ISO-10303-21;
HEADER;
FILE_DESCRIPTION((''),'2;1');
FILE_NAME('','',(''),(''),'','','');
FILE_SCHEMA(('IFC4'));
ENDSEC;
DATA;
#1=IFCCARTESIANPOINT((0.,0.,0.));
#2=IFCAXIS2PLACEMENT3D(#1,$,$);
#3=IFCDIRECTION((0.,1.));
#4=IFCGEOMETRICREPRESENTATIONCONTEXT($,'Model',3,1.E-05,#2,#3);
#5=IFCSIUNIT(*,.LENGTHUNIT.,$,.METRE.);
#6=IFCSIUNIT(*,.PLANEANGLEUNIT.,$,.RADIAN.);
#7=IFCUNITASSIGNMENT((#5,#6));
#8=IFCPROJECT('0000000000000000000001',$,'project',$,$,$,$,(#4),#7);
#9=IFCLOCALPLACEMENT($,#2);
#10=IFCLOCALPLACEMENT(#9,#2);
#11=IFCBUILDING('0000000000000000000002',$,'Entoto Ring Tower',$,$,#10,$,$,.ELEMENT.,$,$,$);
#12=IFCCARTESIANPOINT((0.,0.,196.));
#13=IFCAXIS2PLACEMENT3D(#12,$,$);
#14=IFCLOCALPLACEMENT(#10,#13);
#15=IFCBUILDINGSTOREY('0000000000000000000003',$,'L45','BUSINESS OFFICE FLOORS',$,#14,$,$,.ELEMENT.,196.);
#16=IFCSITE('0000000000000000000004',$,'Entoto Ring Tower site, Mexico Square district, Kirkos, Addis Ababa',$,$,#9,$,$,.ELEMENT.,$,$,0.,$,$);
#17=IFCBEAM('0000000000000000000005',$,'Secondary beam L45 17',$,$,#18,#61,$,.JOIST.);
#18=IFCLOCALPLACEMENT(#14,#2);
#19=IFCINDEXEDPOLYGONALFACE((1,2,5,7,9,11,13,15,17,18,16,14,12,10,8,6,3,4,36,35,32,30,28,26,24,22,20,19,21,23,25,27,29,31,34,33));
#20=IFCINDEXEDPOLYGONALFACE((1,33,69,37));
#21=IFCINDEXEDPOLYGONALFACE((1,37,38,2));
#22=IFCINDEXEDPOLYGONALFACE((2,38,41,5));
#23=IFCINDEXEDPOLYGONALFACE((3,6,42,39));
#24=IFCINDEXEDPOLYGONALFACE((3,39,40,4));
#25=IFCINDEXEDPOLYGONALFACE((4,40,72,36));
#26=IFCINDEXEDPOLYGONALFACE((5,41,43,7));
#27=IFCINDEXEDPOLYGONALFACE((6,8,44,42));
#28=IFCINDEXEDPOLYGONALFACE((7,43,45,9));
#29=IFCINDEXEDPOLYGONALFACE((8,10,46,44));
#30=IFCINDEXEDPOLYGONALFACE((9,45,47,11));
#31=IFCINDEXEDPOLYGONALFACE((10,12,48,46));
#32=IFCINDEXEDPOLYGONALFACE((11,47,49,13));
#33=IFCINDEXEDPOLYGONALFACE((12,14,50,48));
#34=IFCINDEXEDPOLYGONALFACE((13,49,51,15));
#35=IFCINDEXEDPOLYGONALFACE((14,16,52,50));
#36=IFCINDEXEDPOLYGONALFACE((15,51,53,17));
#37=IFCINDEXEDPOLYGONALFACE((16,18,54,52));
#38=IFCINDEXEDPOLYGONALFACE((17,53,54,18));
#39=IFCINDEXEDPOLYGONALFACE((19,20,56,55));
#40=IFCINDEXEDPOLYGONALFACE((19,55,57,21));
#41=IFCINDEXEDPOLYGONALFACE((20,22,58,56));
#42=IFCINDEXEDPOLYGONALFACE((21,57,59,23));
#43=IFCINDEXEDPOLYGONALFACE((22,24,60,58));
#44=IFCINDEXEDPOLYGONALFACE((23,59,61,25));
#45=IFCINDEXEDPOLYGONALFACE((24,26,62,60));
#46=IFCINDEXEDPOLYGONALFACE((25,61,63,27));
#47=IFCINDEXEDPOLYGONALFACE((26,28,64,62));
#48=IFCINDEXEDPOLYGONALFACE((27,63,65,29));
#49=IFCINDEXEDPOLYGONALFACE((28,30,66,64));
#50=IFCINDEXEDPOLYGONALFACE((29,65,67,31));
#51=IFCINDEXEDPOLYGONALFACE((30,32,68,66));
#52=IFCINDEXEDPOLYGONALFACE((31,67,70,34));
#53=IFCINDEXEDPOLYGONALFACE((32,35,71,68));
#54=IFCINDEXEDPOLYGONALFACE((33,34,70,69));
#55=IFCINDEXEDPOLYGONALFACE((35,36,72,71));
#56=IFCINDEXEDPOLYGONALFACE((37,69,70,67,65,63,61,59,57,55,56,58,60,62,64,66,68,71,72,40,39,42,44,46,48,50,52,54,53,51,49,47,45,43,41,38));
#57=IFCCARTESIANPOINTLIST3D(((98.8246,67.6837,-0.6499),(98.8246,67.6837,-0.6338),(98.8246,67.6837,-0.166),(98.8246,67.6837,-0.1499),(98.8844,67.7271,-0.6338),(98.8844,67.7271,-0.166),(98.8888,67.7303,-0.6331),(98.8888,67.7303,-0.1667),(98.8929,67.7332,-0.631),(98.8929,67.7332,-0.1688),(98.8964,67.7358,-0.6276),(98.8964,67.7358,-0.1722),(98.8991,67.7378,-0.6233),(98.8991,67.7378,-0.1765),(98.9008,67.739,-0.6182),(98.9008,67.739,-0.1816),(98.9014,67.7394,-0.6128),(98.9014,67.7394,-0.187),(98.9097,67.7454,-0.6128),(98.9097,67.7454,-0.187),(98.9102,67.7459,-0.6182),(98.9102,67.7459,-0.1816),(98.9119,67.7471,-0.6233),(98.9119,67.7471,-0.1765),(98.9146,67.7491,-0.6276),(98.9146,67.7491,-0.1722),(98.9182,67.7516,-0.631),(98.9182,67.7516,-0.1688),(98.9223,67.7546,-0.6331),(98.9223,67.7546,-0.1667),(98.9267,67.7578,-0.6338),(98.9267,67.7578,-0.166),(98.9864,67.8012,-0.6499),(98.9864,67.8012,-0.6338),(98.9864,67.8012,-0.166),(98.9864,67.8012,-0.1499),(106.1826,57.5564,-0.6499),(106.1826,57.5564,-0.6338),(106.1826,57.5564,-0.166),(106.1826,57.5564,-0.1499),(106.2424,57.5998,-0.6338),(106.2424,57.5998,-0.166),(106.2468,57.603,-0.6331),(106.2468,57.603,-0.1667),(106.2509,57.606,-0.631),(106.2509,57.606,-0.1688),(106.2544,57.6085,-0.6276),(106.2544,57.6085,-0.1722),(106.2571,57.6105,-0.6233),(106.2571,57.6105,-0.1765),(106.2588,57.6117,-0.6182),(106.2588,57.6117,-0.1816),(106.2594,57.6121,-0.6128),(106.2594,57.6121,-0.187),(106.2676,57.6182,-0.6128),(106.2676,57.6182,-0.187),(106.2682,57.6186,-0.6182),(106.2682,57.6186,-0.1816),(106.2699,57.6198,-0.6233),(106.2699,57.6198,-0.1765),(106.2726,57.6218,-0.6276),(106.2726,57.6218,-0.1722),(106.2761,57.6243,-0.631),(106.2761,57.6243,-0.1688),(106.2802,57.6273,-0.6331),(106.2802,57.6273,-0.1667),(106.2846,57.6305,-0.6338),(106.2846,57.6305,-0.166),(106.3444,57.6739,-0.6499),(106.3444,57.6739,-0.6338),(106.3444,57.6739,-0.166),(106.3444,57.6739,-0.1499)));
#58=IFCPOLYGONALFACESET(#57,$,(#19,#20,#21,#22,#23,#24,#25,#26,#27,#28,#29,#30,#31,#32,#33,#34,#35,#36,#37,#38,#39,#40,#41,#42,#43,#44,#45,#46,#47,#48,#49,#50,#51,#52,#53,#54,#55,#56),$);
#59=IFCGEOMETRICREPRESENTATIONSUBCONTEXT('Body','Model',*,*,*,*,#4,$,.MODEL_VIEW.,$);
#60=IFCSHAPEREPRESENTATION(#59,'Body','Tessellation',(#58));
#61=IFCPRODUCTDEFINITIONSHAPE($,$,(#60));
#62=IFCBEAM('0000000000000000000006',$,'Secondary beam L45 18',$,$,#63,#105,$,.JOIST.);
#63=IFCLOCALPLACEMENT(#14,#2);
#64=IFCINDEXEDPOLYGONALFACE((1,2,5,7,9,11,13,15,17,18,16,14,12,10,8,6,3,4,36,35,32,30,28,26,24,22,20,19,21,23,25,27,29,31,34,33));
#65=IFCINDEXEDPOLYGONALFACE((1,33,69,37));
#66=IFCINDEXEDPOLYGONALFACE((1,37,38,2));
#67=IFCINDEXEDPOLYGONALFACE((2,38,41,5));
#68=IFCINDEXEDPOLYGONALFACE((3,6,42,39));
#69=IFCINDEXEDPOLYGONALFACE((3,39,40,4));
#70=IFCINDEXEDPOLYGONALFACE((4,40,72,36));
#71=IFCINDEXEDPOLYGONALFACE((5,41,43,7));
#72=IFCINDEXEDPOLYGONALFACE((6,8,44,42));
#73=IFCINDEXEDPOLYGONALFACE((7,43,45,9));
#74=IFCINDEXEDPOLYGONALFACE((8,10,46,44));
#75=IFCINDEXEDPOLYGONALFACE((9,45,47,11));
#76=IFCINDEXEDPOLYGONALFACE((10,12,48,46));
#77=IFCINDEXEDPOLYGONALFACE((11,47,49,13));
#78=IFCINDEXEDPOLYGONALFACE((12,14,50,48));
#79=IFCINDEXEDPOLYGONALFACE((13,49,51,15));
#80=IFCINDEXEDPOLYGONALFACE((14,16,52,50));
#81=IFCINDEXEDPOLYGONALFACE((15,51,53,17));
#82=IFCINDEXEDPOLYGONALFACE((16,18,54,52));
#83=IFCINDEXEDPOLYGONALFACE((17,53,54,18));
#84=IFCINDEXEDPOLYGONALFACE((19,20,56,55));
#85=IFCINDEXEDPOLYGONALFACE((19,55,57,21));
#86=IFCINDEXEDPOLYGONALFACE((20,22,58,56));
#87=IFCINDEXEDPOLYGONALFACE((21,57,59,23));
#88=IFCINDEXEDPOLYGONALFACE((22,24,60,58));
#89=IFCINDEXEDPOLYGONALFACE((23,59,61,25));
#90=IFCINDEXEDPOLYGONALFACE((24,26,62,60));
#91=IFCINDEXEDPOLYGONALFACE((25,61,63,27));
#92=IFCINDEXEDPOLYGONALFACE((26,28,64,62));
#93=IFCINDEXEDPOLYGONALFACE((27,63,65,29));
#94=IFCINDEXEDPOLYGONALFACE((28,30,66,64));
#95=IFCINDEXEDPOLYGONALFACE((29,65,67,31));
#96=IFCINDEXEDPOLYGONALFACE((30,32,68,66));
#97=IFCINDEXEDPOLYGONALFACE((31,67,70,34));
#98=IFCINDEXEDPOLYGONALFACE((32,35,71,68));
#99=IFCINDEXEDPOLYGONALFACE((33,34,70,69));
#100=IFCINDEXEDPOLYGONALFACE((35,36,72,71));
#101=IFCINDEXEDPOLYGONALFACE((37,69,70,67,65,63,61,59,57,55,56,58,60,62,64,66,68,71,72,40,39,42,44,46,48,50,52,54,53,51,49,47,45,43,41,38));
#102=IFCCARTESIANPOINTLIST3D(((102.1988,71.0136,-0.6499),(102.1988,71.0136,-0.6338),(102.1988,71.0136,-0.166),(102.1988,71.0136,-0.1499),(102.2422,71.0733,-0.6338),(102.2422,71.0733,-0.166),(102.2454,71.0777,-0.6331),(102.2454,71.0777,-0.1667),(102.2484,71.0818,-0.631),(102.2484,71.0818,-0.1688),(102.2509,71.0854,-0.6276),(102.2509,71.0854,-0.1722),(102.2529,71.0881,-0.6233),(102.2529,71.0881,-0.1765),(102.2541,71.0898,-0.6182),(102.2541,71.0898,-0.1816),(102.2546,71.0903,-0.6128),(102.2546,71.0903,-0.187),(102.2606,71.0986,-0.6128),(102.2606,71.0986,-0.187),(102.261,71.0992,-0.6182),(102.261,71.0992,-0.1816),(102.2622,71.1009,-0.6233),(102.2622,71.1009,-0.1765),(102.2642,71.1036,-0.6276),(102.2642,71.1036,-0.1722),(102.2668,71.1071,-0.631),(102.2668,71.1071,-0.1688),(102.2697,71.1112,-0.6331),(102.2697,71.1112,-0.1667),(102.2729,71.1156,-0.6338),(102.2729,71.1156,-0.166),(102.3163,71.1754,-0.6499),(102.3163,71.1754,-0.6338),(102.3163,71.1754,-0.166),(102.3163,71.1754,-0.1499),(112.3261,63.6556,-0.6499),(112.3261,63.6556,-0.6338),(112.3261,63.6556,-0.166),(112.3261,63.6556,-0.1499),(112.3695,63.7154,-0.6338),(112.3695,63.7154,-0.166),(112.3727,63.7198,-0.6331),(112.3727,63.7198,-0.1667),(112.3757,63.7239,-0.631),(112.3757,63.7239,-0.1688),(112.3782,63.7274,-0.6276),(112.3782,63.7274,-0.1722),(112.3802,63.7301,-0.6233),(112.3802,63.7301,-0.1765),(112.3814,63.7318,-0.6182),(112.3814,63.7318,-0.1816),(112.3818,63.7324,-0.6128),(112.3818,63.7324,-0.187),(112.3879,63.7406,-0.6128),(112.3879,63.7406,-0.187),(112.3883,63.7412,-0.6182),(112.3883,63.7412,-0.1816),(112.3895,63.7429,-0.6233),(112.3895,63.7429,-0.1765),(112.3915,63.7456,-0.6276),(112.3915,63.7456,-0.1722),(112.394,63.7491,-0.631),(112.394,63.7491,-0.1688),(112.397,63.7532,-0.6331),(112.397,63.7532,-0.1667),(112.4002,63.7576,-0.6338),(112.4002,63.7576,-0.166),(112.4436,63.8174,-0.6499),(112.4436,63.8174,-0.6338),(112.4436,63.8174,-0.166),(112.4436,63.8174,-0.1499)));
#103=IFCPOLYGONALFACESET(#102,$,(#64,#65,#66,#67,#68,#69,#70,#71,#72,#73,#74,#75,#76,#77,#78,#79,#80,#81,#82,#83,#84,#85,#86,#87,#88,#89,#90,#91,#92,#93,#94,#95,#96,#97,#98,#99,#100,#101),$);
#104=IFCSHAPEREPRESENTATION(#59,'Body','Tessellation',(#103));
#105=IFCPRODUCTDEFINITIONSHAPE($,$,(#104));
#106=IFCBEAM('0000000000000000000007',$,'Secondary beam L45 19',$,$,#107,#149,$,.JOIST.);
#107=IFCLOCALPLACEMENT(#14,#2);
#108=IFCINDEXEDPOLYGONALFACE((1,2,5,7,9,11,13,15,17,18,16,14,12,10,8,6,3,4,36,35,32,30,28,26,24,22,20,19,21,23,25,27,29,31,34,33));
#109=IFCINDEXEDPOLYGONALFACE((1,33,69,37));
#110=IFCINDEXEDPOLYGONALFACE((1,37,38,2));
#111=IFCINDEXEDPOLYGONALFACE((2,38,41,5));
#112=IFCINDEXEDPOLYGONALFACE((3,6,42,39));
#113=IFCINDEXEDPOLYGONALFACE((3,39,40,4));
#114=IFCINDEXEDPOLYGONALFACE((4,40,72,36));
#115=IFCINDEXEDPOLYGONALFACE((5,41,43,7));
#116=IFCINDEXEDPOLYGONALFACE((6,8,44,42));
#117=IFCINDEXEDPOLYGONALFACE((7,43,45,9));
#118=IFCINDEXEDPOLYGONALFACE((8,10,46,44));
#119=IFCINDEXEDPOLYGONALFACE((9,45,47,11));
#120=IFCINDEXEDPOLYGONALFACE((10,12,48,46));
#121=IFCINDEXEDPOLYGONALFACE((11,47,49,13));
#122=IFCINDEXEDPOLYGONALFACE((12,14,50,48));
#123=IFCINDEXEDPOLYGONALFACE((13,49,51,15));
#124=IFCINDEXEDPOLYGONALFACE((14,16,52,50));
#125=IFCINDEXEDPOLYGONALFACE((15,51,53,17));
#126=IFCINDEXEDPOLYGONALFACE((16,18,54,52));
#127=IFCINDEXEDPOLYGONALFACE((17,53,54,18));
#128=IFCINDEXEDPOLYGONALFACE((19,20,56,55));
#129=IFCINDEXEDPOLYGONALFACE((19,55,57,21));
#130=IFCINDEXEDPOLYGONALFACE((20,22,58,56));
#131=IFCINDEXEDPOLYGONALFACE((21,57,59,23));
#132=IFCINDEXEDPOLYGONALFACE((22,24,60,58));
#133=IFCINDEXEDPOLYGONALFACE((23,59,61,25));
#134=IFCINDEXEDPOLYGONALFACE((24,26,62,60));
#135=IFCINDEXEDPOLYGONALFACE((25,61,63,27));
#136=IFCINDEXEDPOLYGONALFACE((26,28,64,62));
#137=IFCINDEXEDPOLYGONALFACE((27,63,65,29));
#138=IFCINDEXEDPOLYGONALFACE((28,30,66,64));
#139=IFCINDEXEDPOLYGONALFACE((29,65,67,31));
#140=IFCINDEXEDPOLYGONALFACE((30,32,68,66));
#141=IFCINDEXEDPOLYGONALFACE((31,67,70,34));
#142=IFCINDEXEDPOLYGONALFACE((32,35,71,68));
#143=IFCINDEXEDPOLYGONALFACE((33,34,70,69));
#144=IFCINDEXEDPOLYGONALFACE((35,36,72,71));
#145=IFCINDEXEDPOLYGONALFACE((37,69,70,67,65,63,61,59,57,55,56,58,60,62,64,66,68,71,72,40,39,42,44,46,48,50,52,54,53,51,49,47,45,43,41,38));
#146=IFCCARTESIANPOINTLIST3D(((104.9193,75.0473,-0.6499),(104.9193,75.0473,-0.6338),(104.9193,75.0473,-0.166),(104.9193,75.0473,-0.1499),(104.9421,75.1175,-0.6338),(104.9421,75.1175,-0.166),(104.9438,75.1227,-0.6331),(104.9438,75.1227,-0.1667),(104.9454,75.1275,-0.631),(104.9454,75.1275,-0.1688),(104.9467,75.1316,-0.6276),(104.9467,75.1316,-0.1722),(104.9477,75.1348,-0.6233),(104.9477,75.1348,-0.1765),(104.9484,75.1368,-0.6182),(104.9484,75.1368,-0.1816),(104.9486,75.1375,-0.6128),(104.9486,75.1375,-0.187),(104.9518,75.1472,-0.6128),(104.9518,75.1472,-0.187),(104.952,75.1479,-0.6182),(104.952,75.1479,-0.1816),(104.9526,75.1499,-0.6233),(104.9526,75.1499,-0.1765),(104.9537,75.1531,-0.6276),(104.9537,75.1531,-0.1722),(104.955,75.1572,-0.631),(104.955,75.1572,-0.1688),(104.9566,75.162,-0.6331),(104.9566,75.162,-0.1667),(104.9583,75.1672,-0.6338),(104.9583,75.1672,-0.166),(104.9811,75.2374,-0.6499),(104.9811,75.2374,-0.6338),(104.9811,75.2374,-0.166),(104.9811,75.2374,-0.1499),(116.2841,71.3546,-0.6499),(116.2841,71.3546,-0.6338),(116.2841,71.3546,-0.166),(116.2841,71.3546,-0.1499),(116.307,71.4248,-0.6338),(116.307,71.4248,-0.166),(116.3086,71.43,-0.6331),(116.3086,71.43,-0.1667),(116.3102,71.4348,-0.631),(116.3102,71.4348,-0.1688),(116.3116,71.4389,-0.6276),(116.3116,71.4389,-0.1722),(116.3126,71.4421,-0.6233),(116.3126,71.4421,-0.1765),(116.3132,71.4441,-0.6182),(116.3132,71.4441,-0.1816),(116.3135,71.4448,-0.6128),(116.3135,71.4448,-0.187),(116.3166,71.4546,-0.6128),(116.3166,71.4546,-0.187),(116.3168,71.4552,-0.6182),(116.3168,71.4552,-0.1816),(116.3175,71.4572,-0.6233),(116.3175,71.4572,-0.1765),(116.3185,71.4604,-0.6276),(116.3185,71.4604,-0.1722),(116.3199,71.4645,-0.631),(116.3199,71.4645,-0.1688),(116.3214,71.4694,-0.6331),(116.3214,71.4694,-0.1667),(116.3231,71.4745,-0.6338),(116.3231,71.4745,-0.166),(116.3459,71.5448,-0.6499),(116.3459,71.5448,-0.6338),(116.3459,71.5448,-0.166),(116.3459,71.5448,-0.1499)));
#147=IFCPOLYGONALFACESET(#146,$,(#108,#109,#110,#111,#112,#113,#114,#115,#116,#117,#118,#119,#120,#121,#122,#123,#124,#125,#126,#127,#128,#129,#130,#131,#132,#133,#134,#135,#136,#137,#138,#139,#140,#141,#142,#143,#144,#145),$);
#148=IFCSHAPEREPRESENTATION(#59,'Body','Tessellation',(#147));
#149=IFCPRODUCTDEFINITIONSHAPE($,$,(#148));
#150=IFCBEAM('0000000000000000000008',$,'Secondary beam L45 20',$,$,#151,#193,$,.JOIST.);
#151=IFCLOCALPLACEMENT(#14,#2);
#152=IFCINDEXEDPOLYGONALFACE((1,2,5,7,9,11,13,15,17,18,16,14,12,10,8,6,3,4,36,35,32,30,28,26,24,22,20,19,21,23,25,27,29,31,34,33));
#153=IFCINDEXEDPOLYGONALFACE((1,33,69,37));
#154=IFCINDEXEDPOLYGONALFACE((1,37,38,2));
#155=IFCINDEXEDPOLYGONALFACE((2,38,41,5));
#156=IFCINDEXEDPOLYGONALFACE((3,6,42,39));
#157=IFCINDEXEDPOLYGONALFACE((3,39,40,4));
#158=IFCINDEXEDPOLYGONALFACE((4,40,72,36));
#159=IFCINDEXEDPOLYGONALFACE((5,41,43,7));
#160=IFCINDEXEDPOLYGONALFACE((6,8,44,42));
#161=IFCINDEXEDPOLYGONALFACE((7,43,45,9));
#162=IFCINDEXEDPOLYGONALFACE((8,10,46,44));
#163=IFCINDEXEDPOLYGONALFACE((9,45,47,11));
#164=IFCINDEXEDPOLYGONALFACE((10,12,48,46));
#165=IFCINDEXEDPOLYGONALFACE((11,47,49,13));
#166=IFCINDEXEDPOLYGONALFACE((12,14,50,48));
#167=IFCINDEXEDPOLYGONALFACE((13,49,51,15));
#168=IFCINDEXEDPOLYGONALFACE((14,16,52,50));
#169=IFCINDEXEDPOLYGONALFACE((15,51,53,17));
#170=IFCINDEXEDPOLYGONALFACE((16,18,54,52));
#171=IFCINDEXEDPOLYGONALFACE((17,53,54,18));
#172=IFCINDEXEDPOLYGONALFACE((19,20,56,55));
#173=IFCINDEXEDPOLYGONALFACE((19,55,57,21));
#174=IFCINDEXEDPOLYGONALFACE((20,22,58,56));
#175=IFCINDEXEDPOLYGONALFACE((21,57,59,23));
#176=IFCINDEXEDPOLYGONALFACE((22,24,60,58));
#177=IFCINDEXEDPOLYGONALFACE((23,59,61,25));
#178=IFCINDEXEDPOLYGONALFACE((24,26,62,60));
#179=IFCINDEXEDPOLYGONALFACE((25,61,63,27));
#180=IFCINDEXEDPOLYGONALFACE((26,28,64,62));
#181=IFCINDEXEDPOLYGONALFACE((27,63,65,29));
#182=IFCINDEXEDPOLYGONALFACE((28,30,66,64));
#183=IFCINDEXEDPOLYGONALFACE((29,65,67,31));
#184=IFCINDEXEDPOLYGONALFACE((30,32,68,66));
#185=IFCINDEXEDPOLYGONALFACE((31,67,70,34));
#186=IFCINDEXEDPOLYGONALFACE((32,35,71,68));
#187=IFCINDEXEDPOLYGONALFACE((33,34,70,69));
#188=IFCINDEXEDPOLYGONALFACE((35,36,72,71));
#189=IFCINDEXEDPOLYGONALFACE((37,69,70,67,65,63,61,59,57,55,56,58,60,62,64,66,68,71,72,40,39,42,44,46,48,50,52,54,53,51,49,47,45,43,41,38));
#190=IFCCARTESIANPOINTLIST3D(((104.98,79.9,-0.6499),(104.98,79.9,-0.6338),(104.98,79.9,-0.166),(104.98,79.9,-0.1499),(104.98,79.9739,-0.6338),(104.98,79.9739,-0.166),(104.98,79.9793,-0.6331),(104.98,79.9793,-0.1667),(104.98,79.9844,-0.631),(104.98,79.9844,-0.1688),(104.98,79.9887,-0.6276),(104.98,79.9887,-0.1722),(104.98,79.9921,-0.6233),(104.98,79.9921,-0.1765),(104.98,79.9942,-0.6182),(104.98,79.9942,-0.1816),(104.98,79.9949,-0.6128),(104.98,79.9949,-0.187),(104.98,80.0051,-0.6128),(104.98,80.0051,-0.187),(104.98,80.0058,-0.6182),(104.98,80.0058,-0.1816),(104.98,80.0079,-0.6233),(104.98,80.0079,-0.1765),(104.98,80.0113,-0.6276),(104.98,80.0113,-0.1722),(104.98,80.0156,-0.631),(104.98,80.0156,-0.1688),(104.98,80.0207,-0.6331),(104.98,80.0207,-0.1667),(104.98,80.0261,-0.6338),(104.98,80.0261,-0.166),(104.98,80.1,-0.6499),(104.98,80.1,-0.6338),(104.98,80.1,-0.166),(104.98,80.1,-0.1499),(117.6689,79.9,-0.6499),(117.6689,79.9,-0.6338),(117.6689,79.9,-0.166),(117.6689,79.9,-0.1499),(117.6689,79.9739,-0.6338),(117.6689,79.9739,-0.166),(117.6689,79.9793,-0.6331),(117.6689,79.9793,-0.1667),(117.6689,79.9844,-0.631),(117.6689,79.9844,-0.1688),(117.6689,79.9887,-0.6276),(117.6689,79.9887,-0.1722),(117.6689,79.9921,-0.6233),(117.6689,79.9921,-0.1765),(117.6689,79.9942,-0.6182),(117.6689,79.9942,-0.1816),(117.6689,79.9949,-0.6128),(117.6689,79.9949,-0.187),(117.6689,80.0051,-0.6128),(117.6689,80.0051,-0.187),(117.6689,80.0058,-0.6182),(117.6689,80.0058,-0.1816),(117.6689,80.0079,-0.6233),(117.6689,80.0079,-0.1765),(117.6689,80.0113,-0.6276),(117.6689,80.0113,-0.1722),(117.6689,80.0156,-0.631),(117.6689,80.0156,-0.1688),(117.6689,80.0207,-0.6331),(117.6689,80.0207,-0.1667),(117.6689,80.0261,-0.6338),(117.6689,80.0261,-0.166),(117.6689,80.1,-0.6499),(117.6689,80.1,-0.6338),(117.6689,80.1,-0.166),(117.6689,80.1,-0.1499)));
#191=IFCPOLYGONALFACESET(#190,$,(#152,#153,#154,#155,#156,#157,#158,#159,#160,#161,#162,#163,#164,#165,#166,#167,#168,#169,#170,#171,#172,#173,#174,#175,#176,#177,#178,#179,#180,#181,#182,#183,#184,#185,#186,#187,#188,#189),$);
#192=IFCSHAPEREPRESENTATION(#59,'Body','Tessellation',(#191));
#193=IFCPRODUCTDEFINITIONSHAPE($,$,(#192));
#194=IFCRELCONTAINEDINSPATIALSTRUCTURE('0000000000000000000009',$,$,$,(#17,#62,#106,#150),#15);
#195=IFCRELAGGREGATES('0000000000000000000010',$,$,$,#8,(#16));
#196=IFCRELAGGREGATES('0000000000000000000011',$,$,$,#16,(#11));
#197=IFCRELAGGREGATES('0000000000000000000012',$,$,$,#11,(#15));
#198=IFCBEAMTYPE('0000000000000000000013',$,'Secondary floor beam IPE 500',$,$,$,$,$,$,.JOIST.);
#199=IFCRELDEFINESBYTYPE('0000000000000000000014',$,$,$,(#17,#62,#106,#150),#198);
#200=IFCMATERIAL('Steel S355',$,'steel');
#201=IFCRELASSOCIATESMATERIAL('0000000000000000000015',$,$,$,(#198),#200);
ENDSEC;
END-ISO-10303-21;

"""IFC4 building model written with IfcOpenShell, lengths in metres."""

from ifc_helpers import new_model, si_unit, direction, frame, origin, origin_2d, place, context, subcontext, project, spatial, i_section, extrude, material, material_profile, profile_set, type_object, element, save


model = new_model("IFC4")

# Units and contexts
model_context = context("Model", 3, precision=1e-05, world=origin(), true_north=direction((0.0, 1.0)))
body_context = subcontext(model_context, "Body", "Model", "MODEL_VIEW")
ifc_project = project(units=[si_unit("LENGTHUNIT", "METRE"), si_unit("PLANEANGLEUNIT", "RADIAN")], contexts=[model_context])

# Site, building, storey
site_placement = place(None, origin())
site = spatial("IfcSite", under=ifc_project, at=site_placement, Name="Entoto Ring Tower site, Mexico Square district, Kirkos, Addis Ababa", CompositionType="ELEMENT", RefElevation=0.0)
building_placement = place(site_placement, origin())
building = spatial("IfcBuilding", under=site, at=building_placement, Name="Entoto Ring Tower", CompositionType="ELEMENT")
storey_placement = place(building_placement, frame((0.0, 0.0, 196.0)))
storey = spatial("IfcBuildingStorey", under=building, at=storey_placement, Name="L45", Description="BUSINESS OFFICE FLOORS", CompositionType="ELEMENT", Elevation=196.0)

# Beams
ifc_material_1 = material(Name="Steel S355", Category="steel")
ifc_material_profile_1 = material_profile(ifc_material_1, i_section(OverallWidth=0.2, OverallDepth=0.5, WebThickness=0.0103, FlangeThickness=0.0161, FilletRadius=0.021, at=origin_2d()), Name="IPE 500")
ifc_profile_set_1 = profile_set([ifc_material_profile_1], Name="Steel S355")
beam_type_1 = type_object("IfcBeamType", Name="Secondary floor beam IPE 500", PredefinedType="JOIST", material=ifc_profile_set_1)
for number, where, z_axis, x_axis, name in (
    (1, (98.9055, 67.7424, -0.3999), (0.587789, -0.809014, 0.0), (0.809014, 0.587789, 0.0), "Secondary beam L45 17"),
    (2, (102.2576, 71.0945, -0.3999), (0.809014, -0.587789, 0.0), (0.587789, 0.809014, 0.0), "Secondary beam L45 18"),
):
    element("IfcBeam", number, at=place(storey_placement, frame(where, z_axis=z_axis, x_axis=x_axis)), inside=storey, type_object=beam_type_1, Name=name, PredefinedType="JOIST", context=body_context, shape_type="SweptSolid", body=[
        extrude(i_section(OverallWidth=0.2, OverallDepth=0.5, WebThickness=0.0103, FlangeThickness=0.0161, FilletRadius=0.021, at=origin_2d()), origin(), (0.0, 0.0, 1.0), 12.5181),
    ])
beam_1_placement = place(storey_placement, frame((104.9502, 75.1423, -0.3999), z_axis=(0.951057, -0.309017, 0.0), x_axis=(0.309017, 0.951057, 0.0)))
element("IfcBeam", 3, at=beam_1_placement, inside=storey, type_object=beam_type_1, Name="Secondary beam L45 19", PredefinedType="JOIST", context=body_context, shape_type="SweptSolid", body=[
    extrude(i_section(OverallWidth=0.2, OverallDepth=0.5, WebThickness=0.0103, FlangeThickness=0.0161, FilletRadius=0.021, at=origin_2d()), origin(), (0.0, 0.0, 1.0), 11.9497),
])
beam_2_placement = place(storey_placement, frame((104.98, 80.0, -0.3999), z_axis=(1.0, 0.0, 0.0), x_axis=(0.0, 1.0, 0.0)))
element("IfcBeam", 4, at=beam_2_placement, inside=storey, type_object=beam_type_1, Name="Secondary beam L45 20", PredefinedType="JOIST", context=body_context, shape_type="SweptSolid", body=[
    extrude(i_section(OverallWidth=0.2, OverallDepth=0.5, WebThickness=0.0103, FlangeThickness=0.0161, FilletRadius=0.021, at=origin_2d()), origin(), (0.0, 0.0, 1.0), 12.689),
])

save(model, "model.ifc")
